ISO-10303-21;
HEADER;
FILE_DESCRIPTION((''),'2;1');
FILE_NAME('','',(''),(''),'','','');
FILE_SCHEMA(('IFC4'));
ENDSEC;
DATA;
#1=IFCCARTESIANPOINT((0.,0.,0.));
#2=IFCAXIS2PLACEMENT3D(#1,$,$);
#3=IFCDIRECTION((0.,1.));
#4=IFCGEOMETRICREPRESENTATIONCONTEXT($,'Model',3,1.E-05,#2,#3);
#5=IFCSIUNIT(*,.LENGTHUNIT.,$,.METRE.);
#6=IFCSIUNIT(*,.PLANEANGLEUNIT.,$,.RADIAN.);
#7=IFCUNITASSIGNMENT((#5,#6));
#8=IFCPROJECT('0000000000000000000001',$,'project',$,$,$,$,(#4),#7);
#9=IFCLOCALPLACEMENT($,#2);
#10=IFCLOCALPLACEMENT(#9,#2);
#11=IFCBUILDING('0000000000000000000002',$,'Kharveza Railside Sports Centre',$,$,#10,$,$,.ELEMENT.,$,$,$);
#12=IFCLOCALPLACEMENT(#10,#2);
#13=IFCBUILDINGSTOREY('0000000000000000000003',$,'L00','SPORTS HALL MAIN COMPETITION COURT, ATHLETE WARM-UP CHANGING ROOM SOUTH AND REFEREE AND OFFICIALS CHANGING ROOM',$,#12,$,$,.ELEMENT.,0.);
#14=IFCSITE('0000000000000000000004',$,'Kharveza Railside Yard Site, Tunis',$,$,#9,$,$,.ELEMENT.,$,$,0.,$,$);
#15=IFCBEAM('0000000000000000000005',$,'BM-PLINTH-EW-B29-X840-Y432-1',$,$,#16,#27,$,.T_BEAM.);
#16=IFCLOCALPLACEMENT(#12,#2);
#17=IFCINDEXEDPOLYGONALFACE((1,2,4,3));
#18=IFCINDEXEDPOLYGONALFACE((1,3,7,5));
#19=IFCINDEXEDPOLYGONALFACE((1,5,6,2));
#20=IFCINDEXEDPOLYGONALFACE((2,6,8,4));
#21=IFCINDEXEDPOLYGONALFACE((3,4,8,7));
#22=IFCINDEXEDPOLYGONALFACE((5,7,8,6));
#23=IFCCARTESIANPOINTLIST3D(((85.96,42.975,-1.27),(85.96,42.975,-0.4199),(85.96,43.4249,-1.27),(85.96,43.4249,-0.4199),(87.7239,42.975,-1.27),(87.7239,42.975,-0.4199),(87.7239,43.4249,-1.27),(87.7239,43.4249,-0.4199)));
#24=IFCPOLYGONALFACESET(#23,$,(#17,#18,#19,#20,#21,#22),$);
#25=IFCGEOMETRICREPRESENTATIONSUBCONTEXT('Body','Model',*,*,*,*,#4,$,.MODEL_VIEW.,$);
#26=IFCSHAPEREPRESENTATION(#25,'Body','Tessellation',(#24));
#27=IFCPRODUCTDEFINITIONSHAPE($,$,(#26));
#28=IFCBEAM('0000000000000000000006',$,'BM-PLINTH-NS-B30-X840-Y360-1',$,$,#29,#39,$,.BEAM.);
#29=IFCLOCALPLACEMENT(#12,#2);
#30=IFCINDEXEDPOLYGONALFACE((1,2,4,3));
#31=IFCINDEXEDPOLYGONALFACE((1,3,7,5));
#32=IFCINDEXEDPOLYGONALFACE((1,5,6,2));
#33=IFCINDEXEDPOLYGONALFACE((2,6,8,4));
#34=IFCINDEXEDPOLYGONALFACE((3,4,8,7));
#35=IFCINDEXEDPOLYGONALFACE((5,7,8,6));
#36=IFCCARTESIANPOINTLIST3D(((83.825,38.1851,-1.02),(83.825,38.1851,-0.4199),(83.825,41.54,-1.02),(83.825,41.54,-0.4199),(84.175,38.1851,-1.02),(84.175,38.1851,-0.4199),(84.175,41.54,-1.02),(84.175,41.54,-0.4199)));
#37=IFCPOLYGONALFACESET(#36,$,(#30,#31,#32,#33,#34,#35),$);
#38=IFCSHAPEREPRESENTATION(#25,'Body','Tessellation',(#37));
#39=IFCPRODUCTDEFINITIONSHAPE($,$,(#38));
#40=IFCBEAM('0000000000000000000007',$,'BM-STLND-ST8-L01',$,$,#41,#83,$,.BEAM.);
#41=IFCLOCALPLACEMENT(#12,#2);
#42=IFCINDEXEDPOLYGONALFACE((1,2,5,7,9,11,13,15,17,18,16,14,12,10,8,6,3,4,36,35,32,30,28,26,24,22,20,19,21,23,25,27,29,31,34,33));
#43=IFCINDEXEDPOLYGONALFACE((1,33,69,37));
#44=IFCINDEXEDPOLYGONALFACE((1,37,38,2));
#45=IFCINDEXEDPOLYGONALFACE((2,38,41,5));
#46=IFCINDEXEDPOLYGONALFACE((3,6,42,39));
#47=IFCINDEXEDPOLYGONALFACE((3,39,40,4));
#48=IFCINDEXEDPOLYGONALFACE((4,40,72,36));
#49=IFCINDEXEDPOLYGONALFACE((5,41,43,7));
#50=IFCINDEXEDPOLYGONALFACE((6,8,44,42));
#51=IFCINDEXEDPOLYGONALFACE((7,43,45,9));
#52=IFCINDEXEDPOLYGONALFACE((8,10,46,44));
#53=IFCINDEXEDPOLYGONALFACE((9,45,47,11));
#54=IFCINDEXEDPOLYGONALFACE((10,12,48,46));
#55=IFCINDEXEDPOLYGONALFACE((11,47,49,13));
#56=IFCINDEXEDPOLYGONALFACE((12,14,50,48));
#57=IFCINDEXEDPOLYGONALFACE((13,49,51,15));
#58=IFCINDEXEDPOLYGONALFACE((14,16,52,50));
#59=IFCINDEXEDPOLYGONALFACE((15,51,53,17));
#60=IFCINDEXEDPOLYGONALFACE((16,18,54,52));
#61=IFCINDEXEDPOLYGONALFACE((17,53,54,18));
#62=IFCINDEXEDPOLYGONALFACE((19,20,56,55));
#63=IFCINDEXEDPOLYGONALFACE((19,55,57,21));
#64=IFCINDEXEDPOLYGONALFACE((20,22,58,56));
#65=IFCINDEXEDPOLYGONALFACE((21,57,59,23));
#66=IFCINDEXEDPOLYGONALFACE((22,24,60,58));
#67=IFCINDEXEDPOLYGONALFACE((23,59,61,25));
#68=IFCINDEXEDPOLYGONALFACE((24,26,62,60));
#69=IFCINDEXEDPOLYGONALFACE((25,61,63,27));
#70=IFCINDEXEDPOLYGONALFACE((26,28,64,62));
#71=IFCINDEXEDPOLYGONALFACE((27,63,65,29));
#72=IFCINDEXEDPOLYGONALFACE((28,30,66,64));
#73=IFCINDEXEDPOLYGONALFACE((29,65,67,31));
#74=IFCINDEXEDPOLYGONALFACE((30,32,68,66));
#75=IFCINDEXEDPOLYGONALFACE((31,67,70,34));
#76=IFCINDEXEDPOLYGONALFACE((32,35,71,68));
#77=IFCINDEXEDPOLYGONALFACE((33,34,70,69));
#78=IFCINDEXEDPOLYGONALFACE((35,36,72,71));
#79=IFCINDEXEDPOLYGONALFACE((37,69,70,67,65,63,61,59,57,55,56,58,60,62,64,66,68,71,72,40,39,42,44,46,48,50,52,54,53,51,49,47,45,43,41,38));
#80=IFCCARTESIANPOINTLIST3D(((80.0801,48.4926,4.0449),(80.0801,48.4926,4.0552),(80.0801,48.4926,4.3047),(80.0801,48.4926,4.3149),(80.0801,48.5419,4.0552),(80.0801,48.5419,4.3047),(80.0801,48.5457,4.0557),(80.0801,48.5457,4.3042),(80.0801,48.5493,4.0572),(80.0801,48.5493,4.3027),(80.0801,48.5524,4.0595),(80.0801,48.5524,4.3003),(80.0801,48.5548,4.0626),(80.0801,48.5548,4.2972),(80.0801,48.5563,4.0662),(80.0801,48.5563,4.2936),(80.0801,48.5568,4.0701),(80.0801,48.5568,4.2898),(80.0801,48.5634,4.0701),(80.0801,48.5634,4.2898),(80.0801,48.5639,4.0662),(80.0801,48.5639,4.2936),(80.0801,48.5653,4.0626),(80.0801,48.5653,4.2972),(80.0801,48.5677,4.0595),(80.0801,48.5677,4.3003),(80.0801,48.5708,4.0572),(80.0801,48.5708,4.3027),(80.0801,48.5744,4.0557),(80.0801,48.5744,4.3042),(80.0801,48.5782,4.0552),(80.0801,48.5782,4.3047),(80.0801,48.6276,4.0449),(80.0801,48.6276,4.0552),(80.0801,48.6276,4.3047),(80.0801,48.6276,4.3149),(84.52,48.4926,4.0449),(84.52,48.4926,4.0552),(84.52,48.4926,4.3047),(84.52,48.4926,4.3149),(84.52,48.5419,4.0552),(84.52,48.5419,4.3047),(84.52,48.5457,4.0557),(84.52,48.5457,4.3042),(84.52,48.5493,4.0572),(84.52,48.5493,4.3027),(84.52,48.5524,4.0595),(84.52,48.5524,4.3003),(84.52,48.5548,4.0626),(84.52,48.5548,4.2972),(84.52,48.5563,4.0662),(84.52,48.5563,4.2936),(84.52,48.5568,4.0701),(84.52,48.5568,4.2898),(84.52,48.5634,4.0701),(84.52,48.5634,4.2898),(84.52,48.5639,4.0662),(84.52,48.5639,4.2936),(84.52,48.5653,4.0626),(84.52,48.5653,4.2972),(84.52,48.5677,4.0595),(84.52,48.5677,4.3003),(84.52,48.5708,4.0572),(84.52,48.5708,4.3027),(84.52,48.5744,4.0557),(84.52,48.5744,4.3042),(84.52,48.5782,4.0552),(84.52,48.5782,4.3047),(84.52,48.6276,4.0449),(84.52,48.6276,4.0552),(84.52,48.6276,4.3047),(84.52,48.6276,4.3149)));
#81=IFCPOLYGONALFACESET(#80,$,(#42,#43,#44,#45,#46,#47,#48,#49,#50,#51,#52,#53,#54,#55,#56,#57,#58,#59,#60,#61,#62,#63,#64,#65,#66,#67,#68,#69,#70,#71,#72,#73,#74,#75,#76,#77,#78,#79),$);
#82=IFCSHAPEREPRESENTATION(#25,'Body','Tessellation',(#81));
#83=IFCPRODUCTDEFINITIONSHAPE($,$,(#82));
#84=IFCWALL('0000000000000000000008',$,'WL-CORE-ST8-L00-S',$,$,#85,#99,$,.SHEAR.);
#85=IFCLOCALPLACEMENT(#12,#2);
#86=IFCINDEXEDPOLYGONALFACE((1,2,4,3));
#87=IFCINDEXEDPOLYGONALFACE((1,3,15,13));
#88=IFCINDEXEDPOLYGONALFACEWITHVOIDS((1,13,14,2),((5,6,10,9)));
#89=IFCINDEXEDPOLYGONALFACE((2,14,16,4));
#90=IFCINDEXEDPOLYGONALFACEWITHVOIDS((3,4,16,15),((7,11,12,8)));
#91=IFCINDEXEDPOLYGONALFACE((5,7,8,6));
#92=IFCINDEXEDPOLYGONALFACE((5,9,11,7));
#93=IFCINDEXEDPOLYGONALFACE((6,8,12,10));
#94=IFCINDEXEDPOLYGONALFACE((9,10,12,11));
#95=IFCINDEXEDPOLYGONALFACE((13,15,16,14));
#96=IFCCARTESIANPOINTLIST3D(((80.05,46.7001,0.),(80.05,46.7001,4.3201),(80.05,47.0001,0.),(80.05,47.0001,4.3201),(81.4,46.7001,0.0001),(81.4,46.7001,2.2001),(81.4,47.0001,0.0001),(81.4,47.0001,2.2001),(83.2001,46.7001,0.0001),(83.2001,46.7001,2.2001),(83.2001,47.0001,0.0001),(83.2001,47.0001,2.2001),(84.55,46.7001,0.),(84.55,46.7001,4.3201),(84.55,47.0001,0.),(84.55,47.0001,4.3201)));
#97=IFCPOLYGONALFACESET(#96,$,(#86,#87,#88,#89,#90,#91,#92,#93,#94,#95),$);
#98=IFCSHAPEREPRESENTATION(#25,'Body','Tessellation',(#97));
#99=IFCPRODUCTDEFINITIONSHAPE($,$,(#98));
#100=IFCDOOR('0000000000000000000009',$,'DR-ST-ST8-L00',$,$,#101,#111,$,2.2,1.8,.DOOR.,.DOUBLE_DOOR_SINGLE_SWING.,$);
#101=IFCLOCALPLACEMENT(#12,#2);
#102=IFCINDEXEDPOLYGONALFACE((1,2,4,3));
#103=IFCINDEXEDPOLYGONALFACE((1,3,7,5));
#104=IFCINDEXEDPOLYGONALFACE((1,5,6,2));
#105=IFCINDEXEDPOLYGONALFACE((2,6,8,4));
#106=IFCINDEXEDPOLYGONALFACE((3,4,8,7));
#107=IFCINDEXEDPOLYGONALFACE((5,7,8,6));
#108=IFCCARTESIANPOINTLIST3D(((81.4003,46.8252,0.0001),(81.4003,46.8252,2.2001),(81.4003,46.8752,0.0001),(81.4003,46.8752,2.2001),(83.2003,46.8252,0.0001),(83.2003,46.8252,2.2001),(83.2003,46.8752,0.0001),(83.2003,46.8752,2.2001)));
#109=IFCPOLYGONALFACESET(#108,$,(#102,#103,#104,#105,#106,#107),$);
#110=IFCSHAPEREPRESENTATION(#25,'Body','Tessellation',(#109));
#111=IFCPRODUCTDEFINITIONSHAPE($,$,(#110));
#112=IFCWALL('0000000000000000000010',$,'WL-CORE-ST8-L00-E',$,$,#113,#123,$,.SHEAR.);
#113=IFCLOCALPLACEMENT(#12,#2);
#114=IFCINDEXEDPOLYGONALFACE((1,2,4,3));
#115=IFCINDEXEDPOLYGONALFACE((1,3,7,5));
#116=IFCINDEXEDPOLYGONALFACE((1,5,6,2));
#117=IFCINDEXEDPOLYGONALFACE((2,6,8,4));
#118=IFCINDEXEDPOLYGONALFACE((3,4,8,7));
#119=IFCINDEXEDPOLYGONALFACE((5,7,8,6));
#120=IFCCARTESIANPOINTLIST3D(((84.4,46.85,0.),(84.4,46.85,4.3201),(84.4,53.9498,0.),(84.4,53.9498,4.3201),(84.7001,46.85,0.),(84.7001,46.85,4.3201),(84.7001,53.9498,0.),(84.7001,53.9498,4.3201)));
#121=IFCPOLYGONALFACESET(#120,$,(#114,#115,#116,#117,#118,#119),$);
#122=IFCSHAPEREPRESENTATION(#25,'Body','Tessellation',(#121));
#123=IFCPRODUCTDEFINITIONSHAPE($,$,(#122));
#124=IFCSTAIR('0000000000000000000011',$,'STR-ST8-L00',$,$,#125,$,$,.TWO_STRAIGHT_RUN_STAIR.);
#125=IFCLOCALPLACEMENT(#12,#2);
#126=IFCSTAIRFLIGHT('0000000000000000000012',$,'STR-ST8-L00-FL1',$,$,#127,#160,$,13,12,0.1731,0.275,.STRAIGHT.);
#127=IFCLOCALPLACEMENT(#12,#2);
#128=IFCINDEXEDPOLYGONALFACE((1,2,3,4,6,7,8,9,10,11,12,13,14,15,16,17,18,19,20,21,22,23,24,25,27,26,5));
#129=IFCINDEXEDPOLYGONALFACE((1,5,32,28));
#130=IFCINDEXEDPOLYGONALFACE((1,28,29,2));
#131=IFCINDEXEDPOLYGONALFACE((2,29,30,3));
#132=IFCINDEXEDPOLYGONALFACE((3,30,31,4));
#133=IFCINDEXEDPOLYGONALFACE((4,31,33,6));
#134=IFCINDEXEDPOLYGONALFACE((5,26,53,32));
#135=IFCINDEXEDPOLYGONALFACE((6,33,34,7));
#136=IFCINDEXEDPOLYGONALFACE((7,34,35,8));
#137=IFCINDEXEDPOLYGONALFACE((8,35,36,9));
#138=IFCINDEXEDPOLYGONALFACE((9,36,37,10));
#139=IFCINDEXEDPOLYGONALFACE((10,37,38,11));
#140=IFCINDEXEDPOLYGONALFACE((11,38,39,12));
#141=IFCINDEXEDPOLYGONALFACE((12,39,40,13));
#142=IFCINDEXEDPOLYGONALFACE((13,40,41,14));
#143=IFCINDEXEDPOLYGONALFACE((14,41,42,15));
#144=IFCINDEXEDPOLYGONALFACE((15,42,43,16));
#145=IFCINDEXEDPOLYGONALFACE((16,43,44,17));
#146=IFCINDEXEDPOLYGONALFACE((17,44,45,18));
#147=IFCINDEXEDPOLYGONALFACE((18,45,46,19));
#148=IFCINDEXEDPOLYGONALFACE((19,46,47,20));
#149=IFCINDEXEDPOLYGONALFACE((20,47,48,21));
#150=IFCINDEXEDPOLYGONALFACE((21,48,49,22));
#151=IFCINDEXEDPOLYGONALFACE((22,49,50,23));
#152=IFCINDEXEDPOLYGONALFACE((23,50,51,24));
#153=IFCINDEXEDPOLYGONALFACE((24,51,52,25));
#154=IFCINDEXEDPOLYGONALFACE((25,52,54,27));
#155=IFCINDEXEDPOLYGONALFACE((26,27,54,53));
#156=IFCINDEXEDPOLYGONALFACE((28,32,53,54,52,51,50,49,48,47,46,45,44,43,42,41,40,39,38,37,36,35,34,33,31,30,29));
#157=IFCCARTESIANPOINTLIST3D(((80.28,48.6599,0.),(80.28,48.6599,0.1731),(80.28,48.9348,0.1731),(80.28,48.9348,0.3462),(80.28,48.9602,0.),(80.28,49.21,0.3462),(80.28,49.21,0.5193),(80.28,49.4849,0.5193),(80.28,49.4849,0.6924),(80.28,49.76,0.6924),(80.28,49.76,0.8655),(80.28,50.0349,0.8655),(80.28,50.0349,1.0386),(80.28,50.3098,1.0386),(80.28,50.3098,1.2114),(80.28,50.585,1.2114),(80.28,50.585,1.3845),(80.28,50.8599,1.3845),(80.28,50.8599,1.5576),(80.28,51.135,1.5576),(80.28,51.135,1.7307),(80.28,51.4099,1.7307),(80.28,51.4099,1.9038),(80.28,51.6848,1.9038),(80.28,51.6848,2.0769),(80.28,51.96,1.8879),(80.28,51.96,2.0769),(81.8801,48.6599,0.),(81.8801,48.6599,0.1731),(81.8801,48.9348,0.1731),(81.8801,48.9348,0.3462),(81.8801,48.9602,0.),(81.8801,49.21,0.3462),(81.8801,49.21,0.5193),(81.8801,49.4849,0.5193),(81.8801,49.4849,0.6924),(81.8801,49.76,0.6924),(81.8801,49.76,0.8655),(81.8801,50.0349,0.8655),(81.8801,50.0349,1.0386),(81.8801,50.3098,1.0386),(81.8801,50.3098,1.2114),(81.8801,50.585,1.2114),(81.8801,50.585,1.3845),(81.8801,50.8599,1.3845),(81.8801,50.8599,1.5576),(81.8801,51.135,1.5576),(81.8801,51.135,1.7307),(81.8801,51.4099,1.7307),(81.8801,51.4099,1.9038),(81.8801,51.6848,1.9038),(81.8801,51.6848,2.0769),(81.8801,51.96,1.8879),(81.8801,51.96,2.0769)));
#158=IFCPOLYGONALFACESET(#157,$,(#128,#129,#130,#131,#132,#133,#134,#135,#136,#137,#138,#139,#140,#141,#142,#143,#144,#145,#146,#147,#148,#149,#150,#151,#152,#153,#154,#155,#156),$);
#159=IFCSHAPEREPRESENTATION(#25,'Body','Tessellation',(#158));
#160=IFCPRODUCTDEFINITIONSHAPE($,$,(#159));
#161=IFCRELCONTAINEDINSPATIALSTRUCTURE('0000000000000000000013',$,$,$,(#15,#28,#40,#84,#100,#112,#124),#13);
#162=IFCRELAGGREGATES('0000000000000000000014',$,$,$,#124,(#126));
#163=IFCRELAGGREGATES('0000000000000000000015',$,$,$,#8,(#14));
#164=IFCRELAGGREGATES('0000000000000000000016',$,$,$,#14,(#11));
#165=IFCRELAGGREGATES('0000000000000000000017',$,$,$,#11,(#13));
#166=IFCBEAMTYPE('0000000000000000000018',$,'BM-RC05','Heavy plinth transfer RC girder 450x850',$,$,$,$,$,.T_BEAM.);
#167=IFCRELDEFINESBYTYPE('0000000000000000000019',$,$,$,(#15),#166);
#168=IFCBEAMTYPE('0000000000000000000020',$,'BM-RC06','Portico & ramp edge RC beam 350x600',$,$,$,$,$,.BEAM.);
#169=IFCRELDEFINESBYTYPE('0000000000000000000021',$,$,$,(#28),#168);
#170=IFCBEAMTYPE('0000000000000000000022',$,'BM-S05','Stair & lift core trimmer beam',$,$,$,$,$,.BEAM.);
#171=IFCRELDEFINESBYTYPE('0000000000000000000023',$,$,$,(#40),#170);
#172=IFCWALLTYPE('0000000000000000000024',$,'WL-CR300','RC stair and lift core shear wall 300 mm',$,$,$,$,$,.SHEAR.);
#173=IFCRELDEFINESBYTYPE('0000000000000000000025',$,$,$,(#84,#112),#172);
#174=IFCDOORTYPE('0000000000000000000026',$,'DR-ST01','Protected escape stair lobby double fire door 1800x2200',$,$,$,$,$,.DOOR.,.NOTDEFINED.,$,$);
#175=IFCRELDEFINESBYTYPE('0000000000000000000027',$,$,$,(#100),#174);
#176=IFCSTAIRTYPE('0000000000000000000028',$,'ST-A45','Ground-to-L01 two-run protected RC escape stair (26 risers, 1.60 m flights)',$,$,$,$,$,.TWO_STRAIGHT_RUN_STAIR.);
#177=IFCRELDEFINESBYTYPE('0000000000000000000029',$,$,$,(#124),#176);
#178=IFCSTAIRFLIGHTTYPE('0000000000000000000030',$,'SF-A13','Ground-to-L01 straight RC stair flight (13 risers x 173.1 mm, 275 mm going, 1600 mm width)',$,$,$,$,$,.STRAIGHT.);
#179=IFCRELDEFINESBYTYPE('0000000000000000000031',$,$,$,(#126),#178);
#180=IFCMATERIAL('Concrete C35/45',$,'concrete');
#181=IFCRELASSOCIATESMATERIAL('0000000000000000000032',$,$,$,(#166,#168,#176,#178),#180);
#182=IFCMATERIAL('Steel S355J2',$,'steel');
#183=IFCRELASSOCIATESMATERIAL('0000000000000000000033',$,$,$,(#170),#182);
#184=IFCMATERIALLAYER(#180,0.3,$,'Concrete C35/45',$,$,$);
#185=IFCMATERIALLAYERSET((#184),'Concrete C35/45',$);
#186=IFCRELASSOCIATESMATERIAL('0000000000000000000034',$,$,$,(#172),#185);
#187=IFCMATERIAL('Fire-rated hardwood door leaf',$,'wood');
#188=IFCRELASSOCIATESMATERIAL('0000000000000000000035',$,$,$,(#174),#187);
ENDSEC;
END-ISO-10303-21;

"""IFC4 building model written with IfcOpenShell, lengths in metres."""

from ifc_helpers import new_model, si_unit, direction, frame, frame_2d, origin, origin_2d, place, context, subcontext, project, spatial, polyline, rectangle, i_section, outline, extrude, material, layer, layer_set, material_profile, profile_set, type_object, element, fill, aggregate, save


model = new_model("IFC4")

# Units and contexts
model_context = context("Model", 3, precision=1e-05, world=origin(), true_north=direction((0.0, 1.0)))
body_context = subcontext(model_context, "Body", "Model", "MODEL_VIEW")
ifc_project = project(units=[si_unit("LENGTHUNIT", "METRE"), si_unit("PLANEANGLEUNIT", "RADIAN")], contexts=[model_context])

# Site, building, storey
site_placement = place(None, origin())
site = spatial("IfcSite", under=ifc_project, at=site_placement, Name="Kharveza Railside Yard Site, Tunis", CompositionType="ELEMENT", RefElevation=0.0)
building_placement = place(site_placement, origin())
building = spatial("IfcBuilding", under=site, at=building_placement, Name="Kharveza Railside Sports Centre", CompositionType="ELEMENT")
storey_placement = place(building_placement, origin())
storey = spatial("IfcBuildingStorey", under=building, at=storey_placement, Name="L00", Description="SPORTS HALL MAIN COMPETITION COURT, ATHLETE WARM-UP CHANGING ROOM SOUTH AND REFEREE AND OFFICIALS CHANGING ROOM", CompositionType="ELEMENT", Elevation=0.0)

# Shared definitions
ifc_material_1 = material(Name="Concrete C35/45", Category="concrete")

# Shared definitions
ifc_material_2 = material(Name="Steel S355J2", Category="steel")

# Beams
ifc_material_profile_1 = material_profile(ifc_material_1, rectangle(XDim=0.45, YDim=0.8501, at=origin_2d()), Name="RCB 450x850")
ifc_profile_set_1 = profile_set([ifc_material_profile_1], Name="Concrete C35/45")
beam_type_1 = type_object("IfcBeamType", Name="BM-RC05", Description="Heavy plinth transfer RC girder 450x850", PredefinedType="T_BEAM", material=ifc_profile_set_1)
beam_1_placement = place(storey_placement, frame((85.96, 43.2, -0.845), z_axis=(1.0, 0.0, 0.0), x_axis=(0.0, 1.0, 0.0)))
element("IfcBeam", 1, at=beam_1_placement, inside=storey, type_object=beam_type_1, Name="BM-PLINTH-EW-B29-X840-Y432-1", PredefinedType="T_BEAM", context=body_context, shape_type="SweptSolid", body=[
    extrude(rectangle(XDim=0.45, YDim=0.8501, at=origin_2d()), origin(), (0.0, 0.0, 1.0), 1.7639),
])
ifc_material_profile_2 = material_profile(ifc_material_1, rectangle(XDim=0.3501, YDim=0.6001, at=origin_2d()), Name="RCB 350x600")
ifc_profile_set_2 = profile_set([ifc_material_profile_2], Name="Concrete C35/45")
beam_type_2 = type_object("IfcBeamType", Name="BM-RC06", Description="Portico & ramp edge RC beam 350x600", PredefinedType="BEAM", material=ifc_profile_set_2)
beam_2_placement = place(storey_placement, frame((84.0, 38.1851, -0.72), z_axis=(0.0, 1.0, 0.0), x_axis=(-1.0, 0.0, 0.0)))
element("IfcBeam", 2, at=beam_2_placement, inside=storey, type_object=beam_type_2, Name="BM-PLINTH-NS-B30-X840-Y360-1", PredefinedType="BEAM", context=body_context, shape_type="SweptSolid", body=[
    extrude(rectangle(XDim=0.3501, YDim=0.6001, at=origin_2d()), origin(), (0.0, 0.0, 1.0), 3.355),
])
ifc_material_profile_3 = material_profile(ifc_material_2, i_section(OverallWidth=0.135, OverallDepth=0.27, WebThickness=0.0066, FlangeThickness=0.0103, FilletRadius=0.0149, at=origin_2d()), Name="IPE 270")
ifc_profile_set_3 = profile_set([ifc_material_profile_3], Name="Steel S355J2")
beam_type_3 = type_object("IfcBeamType", Name="BM-S05", Description="Stair & lift core trimmer beam", PredefinedType="BEAM", material=ifc_profile_set_3)
beam_3_placement = place(storey_placement, frame((80.0801, 48.5601, 4.1799), z_axis=(1.0, 0.0, 0.0), x_axis=(0.0, 1.0, 0.0)))
element("IfcBeam", 3, at=beam_3_placement, inside=storey, type_object=beam_type_3, Name="BM-STLND-ST8-L01", PredefinedType="BEAM", context=body_context, shape_type="SweptSolid", body=[
    extrude(i_section(OverallWidth=0.135, OverallDepth=0.27, WebThickness=0.0066, FlangeThickness=0.0103, FilletRadius=0.0149, at=origin_2d()), origin(), (0.0, 0.0, 1.0), 4.4399),
])

# Wall, opening, door
ifc_layer = layer(ifc_material_1, 0.3, Name="Concrete C35/45")
ifc_layer_set = layer_set([ifc_layer], Name="Concrete C35/45")
wall_type = type_object("IfcWallType", Name="WL-CR300", Description="RC stair and lift core shear wall 300 mm", PredefinedType="SHEAR", material=ifc_layer_set)
wall_1_placement = place(storey_placement, frame((80.05, 46.8501, 0.0), z_axis=(0.0, 0.0, 1.0), x_axis=(1.0, 0.0, 0.0)))
wall_1 = element("IfcWall", 4, at=wall_1_placement, inside=storey, type_object=wall_type, Name="WL-CORE-ST8-L00-S", PredefinedType="SHEAR", context=body_context, shape_type="SweptSolid", body=[
    extrude(rectangle(XDim=4.5, YDim=0.3, at=frame_2d((2.25, 0.0))), origin(), (0.0, 0.0, 1.0), 4.3201),
])
opening_placement = place(wall_1_placement, frame((1.3501, 0.0, 0.0)))
opening = element("IfcOpeningElement", 5, at=opening_placement, cuts=wall_1, PredefinedType="OPENING", context=body_context, shape_type="SweptSolid", body=[
    extrude(rectangle(XDim=1.8, YDim=2.2, at=frame_2d((0.8999, 1.1001))), frame((0.0, 0.1748, 0.0), z_axis=(0.0, -1.0, 0.0), x_axis=(1.0, 0.0, 0.0)), (0.0, 0.0, 1.0), 0.3499),
])
ifc_material_3 = material(Name="Fire-rated hardwood door leaf", Category="wood")
door_type = type_object("IfcDoorType", Name="DR-ST01", Description="Protected escape stair lobby double fire door 1800x2200", OperationType="NOTDEFINED", PredefinedType="DOOR", material=ifc_material_3)
door_placement = place(opening_placement, frame((1.8, 0.0, 0.0), z_axis=(0.0, 0.0, 1.0), x_axis=(-1.0, 0.0, 0.0)))
door = element("IfcDoor", 6, at=door_placement, inside=storey, type_object=door_type, Name="DR-ST-ST8-L00", OperationType="DOUBLE_DOOR_SINGLE_SWING", OverallHeight=2.2, OverallWidth=1.8, PredefinedType="DOOR", context=body_context, shape_type="SweptSolid", body=[
    extrude(rectangle(XDim=1.8, YDim=2.2, at=frame_2d((0.8999, 1.1001))), frame((0.0, 0.0249, 0.0), z_axis=(0.0, -1.0, 0.0), x_axis=(1.0, 0.0, 0.0)), (0.0, 0.0, 1.0), 0.05),
])
fill(opening, door)

# Wall
wall_2_placement = place(storey_placement, frame((84.55, 46.8501, 0.0), z_axis=(0.0, 0.0, 1.0), x_axis=(0.0, 1.0, 0.0)))
element("IfcWall", 7, at=wall_2_placement, inside=storey, type_object=wall_type, Name="WL-CORE-ST8-L00-E", PredefinedType="SHEAR", context=body_context, shape_type="SweptSolid", body=[
    extrude(rectangle(XDim=7.0999, YDim=0.3, at=frame_2d((3.5498, 0.0))), origin(), (0.0, 0.0, 1.0), 4.3201),
])

# Stair, stair flight
stair_type = type_object("IfcStairType", Name="ST-A45", Description="Ground-to-L01 two-run protected RC escape stair (26 risers, 1.60 m flights)", PredefinedType="TWO_STRAIGHT_RUN_STAIR", material=ifc_material_1)
stair_placement = place(storey_placement, origin())
stair = element("IfcStair", 8, at=stair_placement, inside=storey, type_object=stair_type, Name="STR-ST8-L00", PredefinedType="TWO_STRAIGHT_RUN_STAIR")
stair_flight_type = type_object("IfcStairFlightType", Name="SF-A13", Description="Ground-to-L01 straight RC stair flight (13 risers x 173.1 mm, 275 mm going, 1600 mm width)", PredefinedType="STRAIGHT", material=ifc_material_1)
stair_flight_placement = place(storey_placement, frame((81.0801, 48.6599, 0.0), z_axis=(0.0, 0.0, 1.0), x_axis=(0.0, 1.0, 0.0)))
stair_flight = element("IfcStairFlight", 9, at=stair_flight_placement, type_object=stair_flight_type, Name="STR-ST8-L00-FL1", NumberOfRisers=13, NumberOfTreads=12, PredefinedType="STRAIGHT", RiserHeight=0.1731, TreadLength=0.275, context=body_context, shape_type="SweptSolid", body=[
    extrude(outline(polyline([(0.0, 0.0), (0.0, 0.1731), (0.2749, 0.1731), (0.2749, 0.3462), (0.55, 0.3462), (0.55, 0.5193), (0.825, 0.5193), (0.825, 0.6924), (1.1001, 0.6924), (1.1001, 0.8655), (1.375, 0.8655), (1.375, 1.0386), (1.6499, 1.0386), (1.6499, 1.2114), (1.925, 1.2114), (1.925, 1.3845), (2.2, 1.3845), (2.2, 1.5576), (2.4751, 1.5576), (2.4751, 1.7307), (2.75, 1.7307), (2.75, 1.9038), (3.0249, 1.9038), (3.0249, 2.0769), (3.3, 2.0769), (3.3, 2.25), (3.3, 1.8879), (0.3003, 0.0), (0.0, 0.0)])), frame((0.0, 0.8, 0.0), z_axis=(0.0, -1.0, 0.0), x_axis=(1.0, 0.0, 0.0)), (0.0, 0.0, 1.0), 1.6001),
])
aggregate(stair, [stair_flight])

save(model, "model.ifc")
